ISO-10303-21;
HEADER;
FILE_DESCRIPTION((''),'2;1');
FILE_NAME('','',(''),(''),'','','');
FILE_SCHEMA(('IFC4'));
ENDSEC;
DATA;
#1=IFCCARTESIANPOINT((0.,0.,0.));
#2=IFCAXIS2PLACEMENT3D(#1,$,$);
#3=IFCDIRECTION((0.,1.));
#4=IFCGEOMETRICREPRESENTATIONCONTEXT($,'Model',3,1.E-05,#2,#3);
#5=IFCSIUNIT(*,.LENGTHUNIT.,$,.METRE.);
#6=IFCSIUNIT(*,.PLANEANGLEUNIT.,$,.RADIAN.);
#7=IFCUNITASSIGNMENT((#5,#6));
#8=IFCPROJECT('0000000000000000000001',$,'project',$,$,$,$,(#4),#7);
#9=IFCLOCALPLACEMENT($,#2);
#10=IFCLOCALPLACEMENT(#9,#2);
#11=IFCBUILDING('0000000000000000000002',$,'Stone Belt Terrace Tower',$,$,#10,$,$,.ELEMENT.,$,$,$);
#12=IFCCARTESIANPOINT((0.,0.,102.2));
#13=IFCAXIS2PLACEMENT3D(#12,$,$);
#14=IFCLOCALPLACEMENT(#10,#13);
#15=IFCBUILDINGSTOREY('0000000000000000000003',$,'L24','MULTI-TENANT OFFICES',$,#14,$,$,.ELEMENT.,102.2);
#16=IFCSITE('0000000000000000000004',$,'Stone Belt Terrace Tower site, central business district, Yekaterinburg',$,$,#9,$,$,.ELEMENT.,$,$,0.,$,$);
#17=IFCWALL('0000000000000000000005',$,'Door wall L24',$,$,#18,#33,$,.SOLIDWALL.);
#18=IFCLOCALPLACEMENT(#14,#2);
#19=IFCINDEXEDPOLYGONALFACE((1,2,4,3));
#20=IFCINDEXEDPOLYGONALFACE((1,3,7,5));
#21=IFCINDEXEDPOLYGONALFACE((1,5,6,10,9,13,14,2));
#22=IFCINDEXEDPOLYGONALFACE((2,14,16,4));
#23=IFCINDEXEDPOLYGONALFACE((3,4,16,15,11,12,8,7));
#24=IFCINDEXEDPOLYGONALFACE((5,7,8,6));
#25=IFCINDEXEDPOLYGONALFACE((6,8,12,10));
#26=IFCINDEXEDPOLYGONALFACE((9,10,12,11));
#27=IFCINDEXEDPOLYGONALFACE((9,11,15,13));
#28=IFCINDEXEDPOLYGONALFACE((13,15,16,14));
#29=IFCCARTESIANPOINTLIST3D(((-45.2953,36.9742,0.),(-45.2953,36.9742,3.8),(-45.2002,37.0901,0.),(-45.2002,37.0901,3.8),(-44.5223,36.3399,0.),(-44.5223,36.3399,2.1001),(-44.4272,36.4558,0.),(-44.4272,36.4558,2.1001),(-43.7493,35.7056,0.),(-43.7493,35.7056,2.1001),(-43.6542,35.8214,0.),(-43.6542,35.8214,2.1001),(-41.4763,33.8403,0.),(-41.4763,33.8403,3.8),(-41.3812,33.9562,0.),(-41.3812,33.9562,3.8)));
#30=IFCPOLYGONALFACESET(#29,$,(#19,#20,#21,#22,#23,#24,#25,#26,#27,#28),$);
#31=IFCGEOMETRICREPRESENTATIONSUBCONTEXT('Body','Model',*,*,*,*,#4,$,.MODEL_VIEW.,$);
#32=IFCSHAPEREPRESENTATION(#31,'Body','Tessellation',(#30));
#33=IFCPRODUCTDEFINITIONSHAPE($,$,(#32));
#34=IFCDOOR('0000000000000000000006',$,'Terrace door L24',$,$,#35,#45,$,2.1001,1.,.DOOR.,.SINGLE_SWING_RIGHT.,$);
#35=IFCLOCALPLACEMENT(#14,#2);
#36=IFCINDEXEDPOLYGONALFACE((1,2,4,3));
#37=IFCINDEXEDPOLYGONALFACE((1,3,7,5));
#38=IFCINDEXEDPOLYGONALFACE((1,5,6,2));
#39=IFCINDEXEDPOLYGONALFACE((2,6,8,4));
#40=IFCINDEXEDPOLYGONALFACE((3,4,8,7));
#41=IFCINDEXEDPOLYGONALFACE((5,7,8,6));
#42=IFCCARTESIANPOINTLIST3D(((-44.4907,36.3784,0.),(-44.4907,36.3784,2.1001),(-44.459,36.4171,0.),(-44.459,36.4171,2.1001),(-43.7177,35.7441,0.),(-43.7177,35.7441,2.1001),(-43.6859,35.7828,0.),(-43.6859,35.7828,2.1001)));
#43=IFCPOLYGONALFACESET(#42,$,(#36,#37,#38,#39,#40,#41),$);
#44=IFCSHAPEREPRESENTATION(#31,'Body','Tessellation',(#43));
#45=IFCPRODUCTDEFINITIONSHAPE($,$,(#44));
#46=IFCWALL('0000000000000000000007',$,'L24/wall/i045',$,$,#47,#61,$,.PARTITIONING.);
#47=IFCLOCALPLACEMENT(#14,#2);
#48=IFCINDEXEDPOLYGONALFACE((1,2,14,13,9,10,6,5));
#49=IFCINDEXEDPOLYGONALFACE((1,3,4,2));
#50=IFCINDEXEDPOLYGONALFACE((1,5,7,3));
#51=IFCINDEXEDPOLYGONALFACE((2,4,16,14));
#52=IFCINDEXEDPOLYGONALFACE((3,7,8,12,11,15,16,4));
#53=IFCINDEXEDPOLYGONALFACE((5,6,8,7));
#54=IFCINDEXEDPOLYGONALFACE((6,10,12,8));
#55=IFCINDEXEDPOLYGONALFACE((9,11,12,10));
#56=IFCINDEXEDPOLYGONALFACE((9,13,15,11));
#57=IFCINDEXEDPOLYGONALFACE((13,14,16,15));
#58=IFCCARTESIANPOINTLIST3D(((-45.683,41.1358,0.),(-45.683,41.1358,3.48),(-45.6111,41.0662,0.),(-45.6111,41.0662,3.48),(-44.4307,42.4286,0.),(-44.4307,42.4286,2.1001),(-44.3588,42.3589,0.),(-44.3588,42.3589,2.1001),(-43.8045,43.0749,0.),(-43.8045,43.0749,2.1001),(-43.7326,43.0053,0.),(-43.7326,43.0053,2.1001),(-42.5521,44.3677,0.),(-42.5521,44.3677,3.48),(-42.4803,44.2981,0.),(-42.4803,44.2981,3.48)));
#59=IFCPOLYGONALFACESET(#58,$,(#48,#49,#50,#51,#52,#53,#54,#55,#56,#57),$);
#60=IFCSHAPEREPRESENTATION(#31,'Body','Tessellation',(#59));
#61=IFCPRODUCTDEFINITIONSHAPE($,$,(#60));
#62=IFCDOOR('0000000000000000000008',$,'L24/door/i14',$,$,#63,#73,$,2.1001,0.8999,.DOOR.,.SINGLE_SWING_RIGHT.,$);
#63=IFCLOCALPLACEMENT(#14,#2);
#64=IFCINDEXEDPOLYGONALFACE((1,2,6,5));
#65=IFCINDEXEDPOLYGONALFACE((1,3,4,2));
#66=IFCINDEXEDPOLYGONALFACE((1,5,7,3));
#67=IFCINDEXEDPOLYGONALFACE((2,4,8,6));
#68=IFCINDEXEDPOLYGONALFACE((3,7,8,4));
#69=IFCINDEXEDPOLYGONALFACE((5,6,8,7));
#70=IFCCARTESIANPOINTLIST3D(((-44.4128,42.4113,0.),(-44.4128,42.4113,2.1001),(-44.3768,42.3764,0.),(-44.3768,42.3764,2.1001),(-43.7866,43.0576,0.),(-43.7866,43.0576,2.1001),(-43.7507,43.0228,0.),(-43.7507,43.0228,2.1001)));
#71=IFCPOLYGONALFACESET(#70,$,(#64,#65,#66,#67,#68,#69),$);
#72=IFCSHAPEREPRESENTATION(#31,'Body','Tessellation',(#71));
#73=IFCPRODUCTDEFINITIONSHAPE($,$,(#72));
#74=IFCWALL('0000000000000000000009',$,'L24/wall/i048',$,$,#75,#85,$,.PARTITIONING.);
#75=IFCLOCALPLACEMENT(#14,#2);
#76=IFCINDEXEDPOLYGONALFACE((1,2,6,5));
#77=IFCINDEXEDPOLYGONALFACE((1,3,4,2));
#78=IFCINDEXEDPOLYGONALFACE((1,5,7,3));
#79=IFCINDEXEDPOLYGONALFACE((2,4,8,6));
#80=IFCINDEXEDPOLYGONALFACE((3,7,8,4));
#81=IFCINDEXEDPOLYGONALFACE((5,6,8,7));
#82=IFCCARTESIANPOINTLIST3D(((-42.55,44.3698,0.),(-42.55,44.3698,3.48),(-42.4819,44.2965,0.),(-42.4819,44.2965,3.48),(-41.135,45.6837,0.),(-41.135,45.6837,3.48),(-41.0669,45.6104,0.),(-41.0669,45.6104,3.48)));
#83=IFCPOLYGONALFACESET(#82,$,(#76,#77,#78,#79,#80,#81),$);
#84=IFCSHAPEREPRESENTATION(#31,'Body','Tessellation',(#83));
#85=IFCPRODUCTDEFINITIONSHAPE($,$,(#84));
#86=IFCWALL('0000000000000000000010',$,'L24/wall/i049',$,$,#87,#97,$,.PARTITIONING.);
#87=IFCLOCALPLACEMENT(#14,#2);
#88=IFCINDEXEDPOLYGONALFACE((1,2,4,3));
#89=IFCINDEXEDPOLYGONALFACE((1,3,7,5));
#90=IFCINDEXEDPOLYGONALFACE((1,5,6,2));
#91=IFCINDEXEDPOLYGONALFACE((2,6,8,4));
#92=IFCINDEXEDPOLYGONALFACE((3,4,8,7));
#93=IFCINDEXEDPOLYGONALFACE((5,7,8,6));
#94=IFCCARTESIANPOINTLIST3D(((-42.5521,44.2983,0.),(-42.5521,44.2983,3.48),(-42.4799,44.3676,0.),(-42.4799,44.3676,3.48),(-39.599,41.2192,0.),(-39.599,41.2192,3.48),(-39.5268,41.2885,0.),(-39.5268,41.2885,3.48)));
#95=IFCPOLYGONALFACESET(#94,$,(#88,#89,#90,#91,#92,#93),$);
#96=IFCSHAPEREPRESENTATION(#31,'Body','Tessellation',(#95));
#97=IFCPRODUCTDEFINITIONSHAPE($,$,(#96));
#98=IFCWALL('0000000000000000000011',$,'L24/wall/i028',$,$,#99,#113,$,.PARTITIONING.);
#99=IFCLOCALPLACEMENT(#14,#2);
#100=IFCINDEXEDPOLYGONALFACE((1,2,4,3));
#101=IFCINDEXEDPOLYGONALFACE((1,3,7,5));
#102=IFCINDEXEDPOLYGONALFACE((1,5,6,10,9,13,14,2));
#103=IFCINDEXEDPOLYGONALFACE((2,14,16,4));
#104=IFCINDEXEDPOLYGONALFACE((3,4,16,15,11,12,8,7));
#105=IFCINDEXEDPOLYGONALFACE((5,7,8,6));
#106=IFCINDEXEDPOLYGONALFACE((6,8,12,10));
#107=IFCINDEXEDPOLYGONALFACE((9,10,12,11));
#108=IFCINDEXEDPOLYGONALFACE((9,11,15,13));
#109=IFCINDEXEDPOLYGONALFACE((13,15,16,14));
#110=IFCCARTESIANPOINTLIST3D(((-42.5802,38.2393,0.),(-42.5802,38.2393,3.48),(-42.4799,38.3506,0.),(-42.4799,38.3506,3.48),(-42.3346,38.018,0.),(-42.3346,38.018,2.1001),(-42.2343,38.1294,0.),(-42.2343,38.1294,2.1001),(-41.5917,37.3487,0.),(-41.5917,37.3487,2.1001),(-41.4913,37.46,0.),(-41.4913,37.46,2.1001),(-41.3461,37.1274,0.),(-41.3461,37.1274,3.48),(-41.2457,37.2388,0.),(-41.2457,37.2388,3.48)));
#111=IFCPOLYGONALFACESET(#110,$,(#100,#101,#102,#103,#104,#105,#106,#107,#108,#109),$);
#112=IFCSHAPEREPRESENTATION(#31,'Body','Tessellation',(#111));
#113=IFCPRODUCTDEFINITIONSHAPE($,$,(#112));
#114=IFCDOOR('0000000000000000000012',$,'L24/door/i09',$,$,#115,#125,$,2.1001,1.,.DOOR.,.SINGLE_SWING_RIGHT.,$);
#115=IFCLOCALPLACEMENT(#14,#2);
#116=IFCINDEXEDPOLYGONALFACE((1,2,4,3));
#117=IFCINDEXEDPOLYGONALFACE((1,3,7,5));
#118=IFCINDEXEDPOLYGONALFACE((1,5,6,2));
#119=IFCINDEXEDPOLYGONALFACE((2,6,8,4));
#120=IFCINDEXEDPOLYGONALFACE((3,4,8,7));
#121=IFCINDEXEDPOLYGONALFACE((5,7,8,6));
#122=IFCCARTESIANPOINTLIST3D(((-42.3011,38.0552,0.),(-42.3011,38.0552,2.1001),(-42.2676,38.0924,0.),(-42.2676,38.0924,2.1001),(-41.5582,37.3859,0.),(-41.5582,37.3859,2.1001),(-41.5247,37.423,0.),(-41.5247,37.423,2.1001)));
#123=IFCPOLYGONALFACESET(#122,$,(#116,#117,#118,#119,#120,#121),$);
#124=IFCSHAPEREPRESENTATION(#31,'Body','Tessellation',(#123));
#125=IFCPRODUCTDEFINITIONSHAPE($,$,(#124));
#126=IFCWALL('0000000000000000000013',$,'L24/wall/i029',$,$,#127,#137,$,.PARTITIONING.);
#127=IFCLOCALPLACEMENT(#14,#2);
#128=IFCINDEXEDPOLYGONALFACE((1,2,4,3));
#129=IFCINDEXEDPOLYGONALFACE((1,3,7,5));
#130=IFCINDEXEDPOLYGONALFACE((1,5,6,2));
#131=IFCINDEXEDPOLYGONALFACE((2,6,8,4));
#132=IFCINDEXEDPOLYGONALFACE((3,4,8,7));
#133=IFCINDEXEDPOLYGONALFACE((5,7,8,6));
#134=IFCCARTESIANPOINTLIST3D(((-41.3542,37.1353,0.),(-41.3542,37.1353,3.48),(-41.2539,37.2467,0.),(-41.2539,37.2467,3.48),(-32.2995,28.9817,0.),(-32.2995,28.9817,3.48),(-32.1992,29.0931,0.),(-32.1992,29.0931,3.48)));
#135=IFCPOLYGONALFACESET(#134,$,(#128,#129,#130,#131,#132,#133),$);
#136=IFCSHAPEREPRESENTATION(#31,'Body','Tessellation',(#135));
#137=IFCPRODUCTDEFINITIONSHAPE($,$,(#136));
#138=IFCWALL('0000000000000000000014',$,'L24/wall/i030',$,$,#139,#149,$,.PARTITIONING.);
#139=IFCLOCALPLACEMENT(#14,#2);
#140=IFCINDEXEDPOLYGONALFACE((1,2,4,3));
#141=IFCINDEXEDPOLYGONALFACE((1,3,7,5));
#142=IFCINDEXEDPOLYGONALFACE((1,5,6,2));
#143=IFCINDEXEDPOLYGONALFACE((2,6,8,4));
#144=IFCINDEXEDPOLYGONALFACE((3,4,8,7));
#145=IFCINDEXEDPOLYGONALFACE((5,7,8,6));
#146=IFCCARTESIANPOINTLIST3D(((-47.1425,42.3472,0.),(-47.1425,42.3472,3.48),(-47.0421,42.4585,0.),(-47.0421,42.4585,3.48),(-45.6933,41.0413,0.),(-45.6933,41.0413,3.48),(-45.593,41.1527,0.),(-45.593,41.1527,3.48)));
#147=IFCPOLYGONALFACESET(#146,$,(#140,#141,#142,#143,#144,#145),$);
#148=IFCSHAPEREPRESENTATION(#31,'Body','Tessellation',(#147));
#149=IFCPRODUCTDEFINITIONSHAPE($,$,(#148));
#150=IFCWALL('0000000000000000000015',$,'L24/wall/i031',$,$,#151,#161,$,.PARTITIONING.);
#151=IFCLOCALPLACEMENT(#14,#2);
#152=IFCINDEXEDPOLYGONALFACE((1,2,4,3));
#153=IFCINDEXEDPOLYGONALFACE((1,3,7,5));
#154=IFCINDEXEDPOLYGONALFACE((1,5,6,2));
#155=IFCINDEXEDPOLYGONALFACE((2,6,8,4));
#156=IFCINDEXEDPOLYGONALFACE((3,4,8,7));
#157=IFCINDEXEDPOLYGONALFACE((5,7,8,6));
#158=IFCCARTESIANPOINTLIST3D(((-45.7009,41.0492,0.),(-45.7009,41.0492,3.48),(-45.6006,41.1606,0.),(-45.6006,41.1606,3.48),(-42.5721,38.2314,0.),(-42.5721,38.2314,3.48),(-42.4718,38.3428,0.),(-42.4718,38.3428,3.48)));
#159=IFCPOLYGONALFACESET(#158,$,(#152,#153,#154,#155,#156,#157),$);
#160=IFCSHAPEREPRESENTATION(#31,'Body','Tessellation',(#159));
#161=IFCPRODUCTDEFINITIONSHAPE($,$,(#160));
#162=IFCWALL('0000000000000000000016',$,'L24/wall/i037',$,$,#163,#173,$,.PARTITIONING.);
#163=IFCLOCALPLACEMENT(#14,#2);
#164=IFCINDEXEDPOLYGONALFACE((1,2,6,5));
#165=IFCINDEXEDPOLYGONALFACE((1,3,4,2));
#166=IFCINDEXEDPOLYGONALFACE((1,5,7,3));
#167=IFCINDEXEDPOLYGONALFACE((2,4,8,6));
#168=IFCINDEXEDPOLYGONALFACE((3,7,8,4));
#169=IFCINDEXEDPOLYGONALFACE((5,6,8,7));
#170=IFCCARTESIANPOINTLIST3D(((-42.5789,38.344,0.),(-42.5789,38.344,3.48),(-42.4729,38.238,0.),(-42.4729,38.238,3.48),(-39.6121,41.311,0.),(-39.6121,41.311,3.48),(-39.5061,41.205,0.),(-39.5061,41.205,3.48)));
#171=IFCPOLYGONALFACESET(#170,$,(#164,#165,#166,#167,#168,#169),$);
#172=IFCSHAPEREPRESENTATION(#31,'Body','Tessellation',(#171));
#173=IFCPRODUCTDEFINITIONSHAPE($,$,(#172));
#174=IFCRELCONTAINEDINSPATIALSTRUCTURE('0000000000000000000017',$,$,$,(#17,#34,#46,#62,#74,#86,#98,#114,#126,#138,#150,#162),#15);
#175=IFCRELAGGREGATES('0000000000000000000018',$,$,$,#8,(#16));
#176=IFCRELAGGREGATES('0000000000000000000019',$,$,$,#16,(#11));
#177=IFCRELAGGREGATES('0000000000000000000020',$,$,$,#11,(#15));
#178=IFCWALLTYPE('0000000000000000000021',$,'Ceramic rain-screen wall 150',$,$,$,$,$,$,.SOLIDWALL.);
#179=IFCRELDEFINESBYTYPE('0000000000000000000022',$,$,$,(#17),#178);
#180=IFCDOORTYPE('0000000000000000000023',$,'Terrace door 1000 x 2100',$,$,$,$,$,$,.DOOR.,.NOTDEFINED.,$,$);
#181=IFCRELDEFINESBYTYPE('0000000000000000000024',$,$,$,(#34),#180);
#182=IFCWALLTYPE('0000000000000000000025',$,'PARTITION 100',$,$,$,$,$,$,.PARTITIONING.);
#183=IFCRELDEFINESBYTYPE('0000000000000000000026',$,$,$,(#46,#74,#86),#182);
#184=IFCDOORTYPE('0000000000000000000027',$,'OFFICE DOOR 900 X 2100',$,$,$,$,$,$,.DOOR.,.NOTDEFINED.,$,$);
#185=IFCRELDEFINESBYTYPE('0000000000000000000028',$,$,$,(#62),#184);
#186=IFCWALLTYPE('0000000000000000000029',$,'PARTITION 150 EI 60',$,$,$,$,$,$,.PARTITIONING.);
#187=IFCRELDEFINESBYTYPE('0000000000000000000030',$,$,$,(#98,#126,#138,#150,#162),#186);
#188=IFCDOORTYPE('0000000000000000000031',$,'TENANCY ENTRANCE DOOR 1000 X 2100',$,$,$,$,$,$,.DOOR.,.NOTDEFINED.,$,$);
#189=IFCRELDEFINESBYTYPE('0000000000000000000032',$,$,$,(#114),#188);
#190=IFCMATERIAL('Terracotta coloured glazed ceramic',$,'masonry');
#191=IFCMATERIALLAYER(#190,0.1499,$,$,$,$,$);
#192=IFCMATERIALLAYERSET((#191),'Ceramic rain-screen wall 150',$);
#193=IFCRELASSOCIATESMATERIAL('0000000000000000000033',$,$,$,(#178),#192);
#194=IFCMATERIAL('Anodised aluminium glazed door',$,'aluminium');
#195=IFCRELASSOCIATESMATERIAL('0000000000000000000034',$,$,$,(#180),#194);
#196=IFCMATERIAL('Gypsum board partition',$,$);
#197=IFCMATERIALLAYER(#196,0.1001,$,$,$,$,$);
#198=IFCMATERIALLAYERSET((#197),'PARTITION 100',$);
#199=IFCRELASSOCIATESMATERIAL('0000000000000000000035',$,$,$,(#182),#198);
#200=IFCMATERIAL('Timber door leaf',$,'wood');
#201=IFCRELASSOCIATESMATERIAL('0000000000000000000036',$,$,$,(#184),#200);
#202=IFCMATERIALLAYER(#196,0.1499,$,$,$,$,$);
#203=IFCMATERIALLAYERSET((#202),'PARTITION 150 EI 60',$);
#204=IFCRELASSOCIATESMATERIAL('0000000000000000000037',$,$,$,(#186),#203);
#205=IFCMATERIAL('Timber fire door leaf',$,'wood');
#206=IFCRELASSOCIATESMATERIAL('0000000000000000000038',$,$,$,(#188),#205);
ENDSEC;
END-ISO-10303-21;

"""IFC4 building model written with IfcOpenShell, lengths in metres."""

from ifc_helpers import new_model, si_unit, direction, frame, frame_2d, origin, place, context, subcontext, project, spatial, rectangle, extrude, material, layer, layer_set, type_object, element, fill, save


model = new_model("IFC4")

# Units and contexts
model_context = context("Model", 3, precision=1e-05, world=origin(), true_north=direction((0.0, 1.0)))
body_context = subcontext(model_context, "Body", "Model", "MODEL_VIEW")
ifc_project = project(units=[si_unit("LENGTHUNIT", "METRE"), si_unit("PLANEANGLEUNIT", "RADIAN")], contexts=[model_context])

# Site, building, storey
site_placement = place(None, origin())
site = spatial("IfcSite", under=ifc_project, at=site_placement, Name="Stone Belt Terrace Tower site, central business district, Yekaterinburg", CompositionType="ELEMENT", RefElevation=0.0)
building_placement = place(site_placement, origin())
building = spatial("IfcBuilding", under=site, at=building_placement, Name="Stone Belt Terrace Tower", CompositionType="ELEMENT")
storey_placement = place(building_placement, frame((0.0, 0.0, 102.2)))
storey = spatial("IfcBuildingStorey", under=building, at=storey_placement, Name="L24", Description="MULTI-TENANT OFFICES", CompositionType="ELEMENT", Elevation=102.2)

# Walls, openings, doors
ifc_material_1 = material(Name="Terracotta coloured glazed ceramic", Category="masonry")
ifc_layer_1 = layer(ifc_material_1, 0.1499)
ifc_layer_set_1 = layer_set([ifc_layer_1], Name="Ceramic rain-screen wall 150")
wall_type_1 = type_object("IfcWallType", Name="Ceramic rain-screen wall 150", PredefinedType="SOLIDWALL", material=ifc_layer_set_1)
wall_1_placement = place(storey_placement, frame((-45.2478, 37.0322, 0.0), z_axis=(0.0, 0.0, 1.0), x_axis=(0.773036, -0.634362, 0.0)))
wall_1 = element("IfcWall", 1, at=wall_1_placement, inside=storey, type_object=wall_type_1, Name="Door wall L24", PredefinedType="SOLIDWALL", context=body_context, shape_type="SweptSolid", body=[
    extrude(rectangle(XDim=4.9402, YDim=0.1499, at=frame_2d((2.4702, 0.0))), origin(), (0.0, 0.0, 1.0), 3.8),
])
opening_1_placement = place(wall_1_placement, frame((1.0, 0.0, 0.0)))
opening_1 = element("IfcOpeningElement", 2, at=opening_1_placement, cuts=wall_1, PredefinedType="OPENING", context=body_context, shape_type="SweptSolid", body=[
    extrude(rectangle(XDim=1.0, YDim=2.1001, at=frame_2d((0.5, 1.05))), frame((0.0, 0.085, 0.0), z_axis=(0.0, -1.0, 0.0), x_axis=(1.0, 0.0, 0.0)), (0.0, 0.0, 1.0), 0.1699),
])
ifc_material_2 = material(Name="Anodised aluminium glazed door", Category="aluminium")
door_type_1 = type_object("IfcDoorType", Name="Terrace door 1000 x 2100", OperationType="NOTDEFINED", PredefinedType="DOOR", material=ifc_material_2)
door_1_placement = place(opening_1_placement, origin())
door_1 = element("IfcDoor", 3, at=door_1_placement, inside=storey, type_object=door_type_1, Name="Terrace door L24", OperationType="SINGLE_SWING_RIGHT", OverallHeight=2.1001, OverallWidth=1.0, PredefinedType="DOOR", context=body_context, shape_type="SweptSolid", body=[
    extrude(rectangle(XDim=1.0, YDim=2.1001, at=frame_2d((0.5, 1.05))), frame((0.0, 0.0249, 0.0), z_axis=(0.0, -1.0, 0.0), x_axis=(1.0, 0.0, 0.0)), (0.0, 0.0, 1.0), 0.05),
])
fill(opening_1, door_1)
ifc_material_3 = material(Name="Gypsum board partition")
ifc_layer_2 = layer(ifc_material_3, 0.1001)
ifc_layer_set_2 = layer_set([ifc_layer_2], Name="PARTITION 100")
wall_type_2 = type_object("IfcWallType", Name="PARTITION 100", PredefinedType="PARTITIONING", material=ifc_layer_set_2)
wall_2_placement = place(storey_placement, frame((-42.5161, 44.333, 0.0), z_axis=(0.0, 0.0, 1.0), x_axis=(-0.695786, -0.718249, 0.0)))
wall_2 = element("IfcWall", 4, at=wall_2_placement, inside=storey, type_object=wall_type_2, Name="L24/wall/i045", PredefinedType="PARTITIONING", context=body_context, shape_type="SweptSolid", body=[
    extrude(rectangle(XDim=4.4998, YDim=0.1001, at=frame_2d((2.25, 0.0))), origin(), (0.0, 0.0, 1.0), 3.48),
])
opening_2_placement = place(wall_2_placement, frame((1.8, 0.0, 0.0)))
opening_2 = element("IfcOpeningElement", 5, at=opening_2_placement, cuts=wall_2, PredefinedType="OPENING", context=body_context, shape_type="SweptSolid", body=[
    extrude(rectangle(XDim=0.8999, YDim=2.1001, at=frame_2d((0.45, 1.05))), frame((0.0, 0.0601, 0.0), z_axis=(0.0, -1.0, 0.0), x_axis=(1.0, 0.0, 0.0)), (0.0, 0.0, 1.0), 0.1201),
])
ifc_material_4 = material(Name="Timber door leaf", Category="wood")
door_type_2 = type_object("IfcDoorType", Name="OFFICE DOOR 900 X 2100", OperationType="NOTDEFINED", PredefinedType="DOOR", material=ifc_material_4)
door_2_placement = place(opening_2_placement, origin())
door_2 = element("IfcDoor", 6, at=door_2_placement, inside=storey, type_object=door_type_2, Name="L24/door/i14", OperationType="SINGLE_SWING_RIGHT", OverallHeight=2.1001, OverallWidth=0.8999, PredefinedType="DOOR", context=body_context, shape_type="SweptSolid", body=[
    extrude(rectangle(XDim=0.8999, YDim=2.1001, at=frame_2d((0.45, 1.05))), frame((0.0, 0.0249, 0.0), z_axis=(0.0, -1.0, 0.0), x_axis=(1.0, 0.0, 0.0)), (0.0, 0.0, 1.0), 0.05),
])
fill(opening_2, door_2)

# Walls
wall_3_placement = place(storey_placement, frame((-41.1011, 45.647, 0.0), z_axis=(0.0, 0.0, 1.0), x_axis=(-0.732793, -0.680451, 0.0)))
element("IfcWall", 7, at=wall_3_placement, inside=storey, type_object=wall_type_2, Name="L24/wall/i048", PredefinedType="PARTITIONING", context=body_context, shape_type="SweptSolid", body=[
    extrude(rectangle(XDim=1.9309, YDim=0.1001, at=frame_2d((0.9653, 0.0))), origin(), (0.0, 0.0, 1.0), 3.48),
])
wall_4_placement = place(storey_placement, frame((-42.5161, 44.333, 0.0), z_axis=(0.0, 0.0, 1.0), x_axis=(0.692189, -0.721717, 0.0)))
element("IfcWall", 8, at=wall_4_placement, inside=storey, type_object=wall_type_2, Name="L24/wall/i049", PredefinedType="PARTITIONING", context=body_context, shape_type="SweptSolid", body=[
    extrude(rectangle(XDim=4.2664, YDim=0.1001, at=frame_2d((2.1333, 0.0))), origin(), (0.0, 0.0, 1.0), 3.48),
])

# Wall, opening, door
ifc_layer_3 = layer(ifc_material_3, 0.1499)
ifc_layer_set_3 = layer_set([ifc_layer_3], Name="PARTITION 150 EI 60")
wall_type_3 = type_object("IfcWallType", Name="PARTITION 150 EI 60", PredefinedType="PARTITIONING", material=ifc_layer_set_3)
wall_5_placement = place(storey_placement, frame((-41.2959, 37.1831, 0.0), z_axis=(0.0, 0.0, 1.0), x_axis=(-0.742965, 0.66933, 0.0)))
wall_5 = element("IfcWall", 9, at=wall_5_placement, inside=storey, type_object=wall_type_3, Name="L24/wall/i028", PredefinedType="PARTITIONING", context=body_context, shape_type="SweptSolid", body=[
    extrude(rectangle(XDim=1.6611, YDim=0.1499, at=frame_2d((0.8306, 0.0))), origin(), (0.0, 0.0, 1.0), 3.48),
])
opening_3_placement = place(wall_5_placement, frame((0.3306, 0.0, 0.0)))
opening_3 = element("IfcOpeningElement", 10, at=opening_3_placement, cuts=wall_5, PredefinedType="OPENING", context=body_context, shape_type="SweptSolid", body=[
    extrude(rectangle(XDim=1.0, YDim=2.1001, at=frame_2d((0.5, 1.05))), frame((0.0, 0.085, 0.0), z_axis=(0.0, -1.0, 0.0), x_axis=(1.0, 0.0, 0.0)), (0.0, 0.0, 1.0), 0.1699),
])
ifc_material_5 = material(Name="Timber fire door leaf", Category="wood")
door_type_3 = type_object("IfcDoorType", Name="TENANCY ENTRANCE DOOR 1000 X 2100", OperationType="NOTDEFINED", PredefinedType="DOOR", material=ifc_material_5)
door_3_placement = place(opening_3_placement, origin())
door_3 = element("IfcDoor", 11, at=door_3_placement, inside=storey, type_object=door_type_3, Name="L24/door/i09", OperationType="SINGLE_SWING_RIGHT", OverallHeight=2.1001, OverallWidth=1.0, PredefinedType="DOOR", context=body_context, shape_type="SweptSolid", body=[
    extrude(rectangle(XDim=1.0, YDim=2.1001, at=frame_2d((0.5, 1.05))), frame((0.0, 0.0249, 0.0), z_axis=(0.0, -1.0, 0.0), x_axis=(1.0, 0.0, 0.0)), (0.0, 0.0, 1.0), 0.05),
])
fill(opening_3, door_3)

# Walls
wall_6_placement = place(storey_placement, frame((-41.304, 37.1909, 0.0), z_axis=(0.0, 0.0, 1.0), x_axis=(0.743117, -0.669162, 0.0)))
element("IfcWall", 12, at=wall_6_placement, inside=storey, type_object=wall_type_3, Name="L24/wall/i029", PredefinedType="PARTITIONING", context=body_context, shape_type="SweptSolid", body=[
    extrude(rectangle(XDim=12.1848, YDim=0.1499, at=frame_2d((6.0923, 0.0))), origin(), (0.0, 0.0, 1.0), 3.48),
])
wall_7_placement = place(storey_placement, frame((-47.0923, 42.4028, 0.0), z_axis=(0.0, 0.0, 1.0), x_axis=(0.742883, -0.669421, 0.0)))
element("IfcWall", 13, at=wall_7_placement, inside=storey, type_object=wall_type_3, Name="L24/wall/i030", PredefinedType="PARTITIONING", context=body_context, shape_type="SweptSolid", body=[
    extrude(rectangle(XDim=1.9507, YDim=0.1499, at=frame_2d((0.9753, 0.0))), origin(), (0.0, 0.0, 1.0), 3.48),
])
wall_8_placement = place(storey_placement, frame((-45.6509, 41.105, 0.0), z_axis=(0.0, 0.0, 1.0), x_axis=(0.743075, -0.669208, 0.0)))
element("IfcWall", 14, at=wall_8_placement, inside=storey, type_object=wall_type_3, Name="L24/wall/i031", PredefinedType="PARTITIONING", context=body_context, shape_type="SweptSolid", body=[
    extrude(rectangle(XDim=4.2107, YDim=0.1499, at=frame_2d((2.1055, 0.0))), origin(), (0.0, 0.0, 1.0), 3.48),
])
wall_9_placement = place(storey_placement, frame((-42.5259, 38.291, 0.0), z_axis=(0.0, 0.0, 1.0), x_axis=(0.707078, 0.707136, 0.0)))
element("IfcWall", 15, at=wall_9_placement, inside=storey, type_object=wall_type_3, Name="L24/wall/i037", PredefinedType="PARTITIONING", context=body_context, shape_type="SweptSolid", body=[
    extrude(rectangle(XDim=4.1958, YDim=0.1499, at=frame_2d((2.0979, 0.0))), origin(), (0.0, 0.0, 1.0), 3.48),
])

save(model, "model.ifc")
